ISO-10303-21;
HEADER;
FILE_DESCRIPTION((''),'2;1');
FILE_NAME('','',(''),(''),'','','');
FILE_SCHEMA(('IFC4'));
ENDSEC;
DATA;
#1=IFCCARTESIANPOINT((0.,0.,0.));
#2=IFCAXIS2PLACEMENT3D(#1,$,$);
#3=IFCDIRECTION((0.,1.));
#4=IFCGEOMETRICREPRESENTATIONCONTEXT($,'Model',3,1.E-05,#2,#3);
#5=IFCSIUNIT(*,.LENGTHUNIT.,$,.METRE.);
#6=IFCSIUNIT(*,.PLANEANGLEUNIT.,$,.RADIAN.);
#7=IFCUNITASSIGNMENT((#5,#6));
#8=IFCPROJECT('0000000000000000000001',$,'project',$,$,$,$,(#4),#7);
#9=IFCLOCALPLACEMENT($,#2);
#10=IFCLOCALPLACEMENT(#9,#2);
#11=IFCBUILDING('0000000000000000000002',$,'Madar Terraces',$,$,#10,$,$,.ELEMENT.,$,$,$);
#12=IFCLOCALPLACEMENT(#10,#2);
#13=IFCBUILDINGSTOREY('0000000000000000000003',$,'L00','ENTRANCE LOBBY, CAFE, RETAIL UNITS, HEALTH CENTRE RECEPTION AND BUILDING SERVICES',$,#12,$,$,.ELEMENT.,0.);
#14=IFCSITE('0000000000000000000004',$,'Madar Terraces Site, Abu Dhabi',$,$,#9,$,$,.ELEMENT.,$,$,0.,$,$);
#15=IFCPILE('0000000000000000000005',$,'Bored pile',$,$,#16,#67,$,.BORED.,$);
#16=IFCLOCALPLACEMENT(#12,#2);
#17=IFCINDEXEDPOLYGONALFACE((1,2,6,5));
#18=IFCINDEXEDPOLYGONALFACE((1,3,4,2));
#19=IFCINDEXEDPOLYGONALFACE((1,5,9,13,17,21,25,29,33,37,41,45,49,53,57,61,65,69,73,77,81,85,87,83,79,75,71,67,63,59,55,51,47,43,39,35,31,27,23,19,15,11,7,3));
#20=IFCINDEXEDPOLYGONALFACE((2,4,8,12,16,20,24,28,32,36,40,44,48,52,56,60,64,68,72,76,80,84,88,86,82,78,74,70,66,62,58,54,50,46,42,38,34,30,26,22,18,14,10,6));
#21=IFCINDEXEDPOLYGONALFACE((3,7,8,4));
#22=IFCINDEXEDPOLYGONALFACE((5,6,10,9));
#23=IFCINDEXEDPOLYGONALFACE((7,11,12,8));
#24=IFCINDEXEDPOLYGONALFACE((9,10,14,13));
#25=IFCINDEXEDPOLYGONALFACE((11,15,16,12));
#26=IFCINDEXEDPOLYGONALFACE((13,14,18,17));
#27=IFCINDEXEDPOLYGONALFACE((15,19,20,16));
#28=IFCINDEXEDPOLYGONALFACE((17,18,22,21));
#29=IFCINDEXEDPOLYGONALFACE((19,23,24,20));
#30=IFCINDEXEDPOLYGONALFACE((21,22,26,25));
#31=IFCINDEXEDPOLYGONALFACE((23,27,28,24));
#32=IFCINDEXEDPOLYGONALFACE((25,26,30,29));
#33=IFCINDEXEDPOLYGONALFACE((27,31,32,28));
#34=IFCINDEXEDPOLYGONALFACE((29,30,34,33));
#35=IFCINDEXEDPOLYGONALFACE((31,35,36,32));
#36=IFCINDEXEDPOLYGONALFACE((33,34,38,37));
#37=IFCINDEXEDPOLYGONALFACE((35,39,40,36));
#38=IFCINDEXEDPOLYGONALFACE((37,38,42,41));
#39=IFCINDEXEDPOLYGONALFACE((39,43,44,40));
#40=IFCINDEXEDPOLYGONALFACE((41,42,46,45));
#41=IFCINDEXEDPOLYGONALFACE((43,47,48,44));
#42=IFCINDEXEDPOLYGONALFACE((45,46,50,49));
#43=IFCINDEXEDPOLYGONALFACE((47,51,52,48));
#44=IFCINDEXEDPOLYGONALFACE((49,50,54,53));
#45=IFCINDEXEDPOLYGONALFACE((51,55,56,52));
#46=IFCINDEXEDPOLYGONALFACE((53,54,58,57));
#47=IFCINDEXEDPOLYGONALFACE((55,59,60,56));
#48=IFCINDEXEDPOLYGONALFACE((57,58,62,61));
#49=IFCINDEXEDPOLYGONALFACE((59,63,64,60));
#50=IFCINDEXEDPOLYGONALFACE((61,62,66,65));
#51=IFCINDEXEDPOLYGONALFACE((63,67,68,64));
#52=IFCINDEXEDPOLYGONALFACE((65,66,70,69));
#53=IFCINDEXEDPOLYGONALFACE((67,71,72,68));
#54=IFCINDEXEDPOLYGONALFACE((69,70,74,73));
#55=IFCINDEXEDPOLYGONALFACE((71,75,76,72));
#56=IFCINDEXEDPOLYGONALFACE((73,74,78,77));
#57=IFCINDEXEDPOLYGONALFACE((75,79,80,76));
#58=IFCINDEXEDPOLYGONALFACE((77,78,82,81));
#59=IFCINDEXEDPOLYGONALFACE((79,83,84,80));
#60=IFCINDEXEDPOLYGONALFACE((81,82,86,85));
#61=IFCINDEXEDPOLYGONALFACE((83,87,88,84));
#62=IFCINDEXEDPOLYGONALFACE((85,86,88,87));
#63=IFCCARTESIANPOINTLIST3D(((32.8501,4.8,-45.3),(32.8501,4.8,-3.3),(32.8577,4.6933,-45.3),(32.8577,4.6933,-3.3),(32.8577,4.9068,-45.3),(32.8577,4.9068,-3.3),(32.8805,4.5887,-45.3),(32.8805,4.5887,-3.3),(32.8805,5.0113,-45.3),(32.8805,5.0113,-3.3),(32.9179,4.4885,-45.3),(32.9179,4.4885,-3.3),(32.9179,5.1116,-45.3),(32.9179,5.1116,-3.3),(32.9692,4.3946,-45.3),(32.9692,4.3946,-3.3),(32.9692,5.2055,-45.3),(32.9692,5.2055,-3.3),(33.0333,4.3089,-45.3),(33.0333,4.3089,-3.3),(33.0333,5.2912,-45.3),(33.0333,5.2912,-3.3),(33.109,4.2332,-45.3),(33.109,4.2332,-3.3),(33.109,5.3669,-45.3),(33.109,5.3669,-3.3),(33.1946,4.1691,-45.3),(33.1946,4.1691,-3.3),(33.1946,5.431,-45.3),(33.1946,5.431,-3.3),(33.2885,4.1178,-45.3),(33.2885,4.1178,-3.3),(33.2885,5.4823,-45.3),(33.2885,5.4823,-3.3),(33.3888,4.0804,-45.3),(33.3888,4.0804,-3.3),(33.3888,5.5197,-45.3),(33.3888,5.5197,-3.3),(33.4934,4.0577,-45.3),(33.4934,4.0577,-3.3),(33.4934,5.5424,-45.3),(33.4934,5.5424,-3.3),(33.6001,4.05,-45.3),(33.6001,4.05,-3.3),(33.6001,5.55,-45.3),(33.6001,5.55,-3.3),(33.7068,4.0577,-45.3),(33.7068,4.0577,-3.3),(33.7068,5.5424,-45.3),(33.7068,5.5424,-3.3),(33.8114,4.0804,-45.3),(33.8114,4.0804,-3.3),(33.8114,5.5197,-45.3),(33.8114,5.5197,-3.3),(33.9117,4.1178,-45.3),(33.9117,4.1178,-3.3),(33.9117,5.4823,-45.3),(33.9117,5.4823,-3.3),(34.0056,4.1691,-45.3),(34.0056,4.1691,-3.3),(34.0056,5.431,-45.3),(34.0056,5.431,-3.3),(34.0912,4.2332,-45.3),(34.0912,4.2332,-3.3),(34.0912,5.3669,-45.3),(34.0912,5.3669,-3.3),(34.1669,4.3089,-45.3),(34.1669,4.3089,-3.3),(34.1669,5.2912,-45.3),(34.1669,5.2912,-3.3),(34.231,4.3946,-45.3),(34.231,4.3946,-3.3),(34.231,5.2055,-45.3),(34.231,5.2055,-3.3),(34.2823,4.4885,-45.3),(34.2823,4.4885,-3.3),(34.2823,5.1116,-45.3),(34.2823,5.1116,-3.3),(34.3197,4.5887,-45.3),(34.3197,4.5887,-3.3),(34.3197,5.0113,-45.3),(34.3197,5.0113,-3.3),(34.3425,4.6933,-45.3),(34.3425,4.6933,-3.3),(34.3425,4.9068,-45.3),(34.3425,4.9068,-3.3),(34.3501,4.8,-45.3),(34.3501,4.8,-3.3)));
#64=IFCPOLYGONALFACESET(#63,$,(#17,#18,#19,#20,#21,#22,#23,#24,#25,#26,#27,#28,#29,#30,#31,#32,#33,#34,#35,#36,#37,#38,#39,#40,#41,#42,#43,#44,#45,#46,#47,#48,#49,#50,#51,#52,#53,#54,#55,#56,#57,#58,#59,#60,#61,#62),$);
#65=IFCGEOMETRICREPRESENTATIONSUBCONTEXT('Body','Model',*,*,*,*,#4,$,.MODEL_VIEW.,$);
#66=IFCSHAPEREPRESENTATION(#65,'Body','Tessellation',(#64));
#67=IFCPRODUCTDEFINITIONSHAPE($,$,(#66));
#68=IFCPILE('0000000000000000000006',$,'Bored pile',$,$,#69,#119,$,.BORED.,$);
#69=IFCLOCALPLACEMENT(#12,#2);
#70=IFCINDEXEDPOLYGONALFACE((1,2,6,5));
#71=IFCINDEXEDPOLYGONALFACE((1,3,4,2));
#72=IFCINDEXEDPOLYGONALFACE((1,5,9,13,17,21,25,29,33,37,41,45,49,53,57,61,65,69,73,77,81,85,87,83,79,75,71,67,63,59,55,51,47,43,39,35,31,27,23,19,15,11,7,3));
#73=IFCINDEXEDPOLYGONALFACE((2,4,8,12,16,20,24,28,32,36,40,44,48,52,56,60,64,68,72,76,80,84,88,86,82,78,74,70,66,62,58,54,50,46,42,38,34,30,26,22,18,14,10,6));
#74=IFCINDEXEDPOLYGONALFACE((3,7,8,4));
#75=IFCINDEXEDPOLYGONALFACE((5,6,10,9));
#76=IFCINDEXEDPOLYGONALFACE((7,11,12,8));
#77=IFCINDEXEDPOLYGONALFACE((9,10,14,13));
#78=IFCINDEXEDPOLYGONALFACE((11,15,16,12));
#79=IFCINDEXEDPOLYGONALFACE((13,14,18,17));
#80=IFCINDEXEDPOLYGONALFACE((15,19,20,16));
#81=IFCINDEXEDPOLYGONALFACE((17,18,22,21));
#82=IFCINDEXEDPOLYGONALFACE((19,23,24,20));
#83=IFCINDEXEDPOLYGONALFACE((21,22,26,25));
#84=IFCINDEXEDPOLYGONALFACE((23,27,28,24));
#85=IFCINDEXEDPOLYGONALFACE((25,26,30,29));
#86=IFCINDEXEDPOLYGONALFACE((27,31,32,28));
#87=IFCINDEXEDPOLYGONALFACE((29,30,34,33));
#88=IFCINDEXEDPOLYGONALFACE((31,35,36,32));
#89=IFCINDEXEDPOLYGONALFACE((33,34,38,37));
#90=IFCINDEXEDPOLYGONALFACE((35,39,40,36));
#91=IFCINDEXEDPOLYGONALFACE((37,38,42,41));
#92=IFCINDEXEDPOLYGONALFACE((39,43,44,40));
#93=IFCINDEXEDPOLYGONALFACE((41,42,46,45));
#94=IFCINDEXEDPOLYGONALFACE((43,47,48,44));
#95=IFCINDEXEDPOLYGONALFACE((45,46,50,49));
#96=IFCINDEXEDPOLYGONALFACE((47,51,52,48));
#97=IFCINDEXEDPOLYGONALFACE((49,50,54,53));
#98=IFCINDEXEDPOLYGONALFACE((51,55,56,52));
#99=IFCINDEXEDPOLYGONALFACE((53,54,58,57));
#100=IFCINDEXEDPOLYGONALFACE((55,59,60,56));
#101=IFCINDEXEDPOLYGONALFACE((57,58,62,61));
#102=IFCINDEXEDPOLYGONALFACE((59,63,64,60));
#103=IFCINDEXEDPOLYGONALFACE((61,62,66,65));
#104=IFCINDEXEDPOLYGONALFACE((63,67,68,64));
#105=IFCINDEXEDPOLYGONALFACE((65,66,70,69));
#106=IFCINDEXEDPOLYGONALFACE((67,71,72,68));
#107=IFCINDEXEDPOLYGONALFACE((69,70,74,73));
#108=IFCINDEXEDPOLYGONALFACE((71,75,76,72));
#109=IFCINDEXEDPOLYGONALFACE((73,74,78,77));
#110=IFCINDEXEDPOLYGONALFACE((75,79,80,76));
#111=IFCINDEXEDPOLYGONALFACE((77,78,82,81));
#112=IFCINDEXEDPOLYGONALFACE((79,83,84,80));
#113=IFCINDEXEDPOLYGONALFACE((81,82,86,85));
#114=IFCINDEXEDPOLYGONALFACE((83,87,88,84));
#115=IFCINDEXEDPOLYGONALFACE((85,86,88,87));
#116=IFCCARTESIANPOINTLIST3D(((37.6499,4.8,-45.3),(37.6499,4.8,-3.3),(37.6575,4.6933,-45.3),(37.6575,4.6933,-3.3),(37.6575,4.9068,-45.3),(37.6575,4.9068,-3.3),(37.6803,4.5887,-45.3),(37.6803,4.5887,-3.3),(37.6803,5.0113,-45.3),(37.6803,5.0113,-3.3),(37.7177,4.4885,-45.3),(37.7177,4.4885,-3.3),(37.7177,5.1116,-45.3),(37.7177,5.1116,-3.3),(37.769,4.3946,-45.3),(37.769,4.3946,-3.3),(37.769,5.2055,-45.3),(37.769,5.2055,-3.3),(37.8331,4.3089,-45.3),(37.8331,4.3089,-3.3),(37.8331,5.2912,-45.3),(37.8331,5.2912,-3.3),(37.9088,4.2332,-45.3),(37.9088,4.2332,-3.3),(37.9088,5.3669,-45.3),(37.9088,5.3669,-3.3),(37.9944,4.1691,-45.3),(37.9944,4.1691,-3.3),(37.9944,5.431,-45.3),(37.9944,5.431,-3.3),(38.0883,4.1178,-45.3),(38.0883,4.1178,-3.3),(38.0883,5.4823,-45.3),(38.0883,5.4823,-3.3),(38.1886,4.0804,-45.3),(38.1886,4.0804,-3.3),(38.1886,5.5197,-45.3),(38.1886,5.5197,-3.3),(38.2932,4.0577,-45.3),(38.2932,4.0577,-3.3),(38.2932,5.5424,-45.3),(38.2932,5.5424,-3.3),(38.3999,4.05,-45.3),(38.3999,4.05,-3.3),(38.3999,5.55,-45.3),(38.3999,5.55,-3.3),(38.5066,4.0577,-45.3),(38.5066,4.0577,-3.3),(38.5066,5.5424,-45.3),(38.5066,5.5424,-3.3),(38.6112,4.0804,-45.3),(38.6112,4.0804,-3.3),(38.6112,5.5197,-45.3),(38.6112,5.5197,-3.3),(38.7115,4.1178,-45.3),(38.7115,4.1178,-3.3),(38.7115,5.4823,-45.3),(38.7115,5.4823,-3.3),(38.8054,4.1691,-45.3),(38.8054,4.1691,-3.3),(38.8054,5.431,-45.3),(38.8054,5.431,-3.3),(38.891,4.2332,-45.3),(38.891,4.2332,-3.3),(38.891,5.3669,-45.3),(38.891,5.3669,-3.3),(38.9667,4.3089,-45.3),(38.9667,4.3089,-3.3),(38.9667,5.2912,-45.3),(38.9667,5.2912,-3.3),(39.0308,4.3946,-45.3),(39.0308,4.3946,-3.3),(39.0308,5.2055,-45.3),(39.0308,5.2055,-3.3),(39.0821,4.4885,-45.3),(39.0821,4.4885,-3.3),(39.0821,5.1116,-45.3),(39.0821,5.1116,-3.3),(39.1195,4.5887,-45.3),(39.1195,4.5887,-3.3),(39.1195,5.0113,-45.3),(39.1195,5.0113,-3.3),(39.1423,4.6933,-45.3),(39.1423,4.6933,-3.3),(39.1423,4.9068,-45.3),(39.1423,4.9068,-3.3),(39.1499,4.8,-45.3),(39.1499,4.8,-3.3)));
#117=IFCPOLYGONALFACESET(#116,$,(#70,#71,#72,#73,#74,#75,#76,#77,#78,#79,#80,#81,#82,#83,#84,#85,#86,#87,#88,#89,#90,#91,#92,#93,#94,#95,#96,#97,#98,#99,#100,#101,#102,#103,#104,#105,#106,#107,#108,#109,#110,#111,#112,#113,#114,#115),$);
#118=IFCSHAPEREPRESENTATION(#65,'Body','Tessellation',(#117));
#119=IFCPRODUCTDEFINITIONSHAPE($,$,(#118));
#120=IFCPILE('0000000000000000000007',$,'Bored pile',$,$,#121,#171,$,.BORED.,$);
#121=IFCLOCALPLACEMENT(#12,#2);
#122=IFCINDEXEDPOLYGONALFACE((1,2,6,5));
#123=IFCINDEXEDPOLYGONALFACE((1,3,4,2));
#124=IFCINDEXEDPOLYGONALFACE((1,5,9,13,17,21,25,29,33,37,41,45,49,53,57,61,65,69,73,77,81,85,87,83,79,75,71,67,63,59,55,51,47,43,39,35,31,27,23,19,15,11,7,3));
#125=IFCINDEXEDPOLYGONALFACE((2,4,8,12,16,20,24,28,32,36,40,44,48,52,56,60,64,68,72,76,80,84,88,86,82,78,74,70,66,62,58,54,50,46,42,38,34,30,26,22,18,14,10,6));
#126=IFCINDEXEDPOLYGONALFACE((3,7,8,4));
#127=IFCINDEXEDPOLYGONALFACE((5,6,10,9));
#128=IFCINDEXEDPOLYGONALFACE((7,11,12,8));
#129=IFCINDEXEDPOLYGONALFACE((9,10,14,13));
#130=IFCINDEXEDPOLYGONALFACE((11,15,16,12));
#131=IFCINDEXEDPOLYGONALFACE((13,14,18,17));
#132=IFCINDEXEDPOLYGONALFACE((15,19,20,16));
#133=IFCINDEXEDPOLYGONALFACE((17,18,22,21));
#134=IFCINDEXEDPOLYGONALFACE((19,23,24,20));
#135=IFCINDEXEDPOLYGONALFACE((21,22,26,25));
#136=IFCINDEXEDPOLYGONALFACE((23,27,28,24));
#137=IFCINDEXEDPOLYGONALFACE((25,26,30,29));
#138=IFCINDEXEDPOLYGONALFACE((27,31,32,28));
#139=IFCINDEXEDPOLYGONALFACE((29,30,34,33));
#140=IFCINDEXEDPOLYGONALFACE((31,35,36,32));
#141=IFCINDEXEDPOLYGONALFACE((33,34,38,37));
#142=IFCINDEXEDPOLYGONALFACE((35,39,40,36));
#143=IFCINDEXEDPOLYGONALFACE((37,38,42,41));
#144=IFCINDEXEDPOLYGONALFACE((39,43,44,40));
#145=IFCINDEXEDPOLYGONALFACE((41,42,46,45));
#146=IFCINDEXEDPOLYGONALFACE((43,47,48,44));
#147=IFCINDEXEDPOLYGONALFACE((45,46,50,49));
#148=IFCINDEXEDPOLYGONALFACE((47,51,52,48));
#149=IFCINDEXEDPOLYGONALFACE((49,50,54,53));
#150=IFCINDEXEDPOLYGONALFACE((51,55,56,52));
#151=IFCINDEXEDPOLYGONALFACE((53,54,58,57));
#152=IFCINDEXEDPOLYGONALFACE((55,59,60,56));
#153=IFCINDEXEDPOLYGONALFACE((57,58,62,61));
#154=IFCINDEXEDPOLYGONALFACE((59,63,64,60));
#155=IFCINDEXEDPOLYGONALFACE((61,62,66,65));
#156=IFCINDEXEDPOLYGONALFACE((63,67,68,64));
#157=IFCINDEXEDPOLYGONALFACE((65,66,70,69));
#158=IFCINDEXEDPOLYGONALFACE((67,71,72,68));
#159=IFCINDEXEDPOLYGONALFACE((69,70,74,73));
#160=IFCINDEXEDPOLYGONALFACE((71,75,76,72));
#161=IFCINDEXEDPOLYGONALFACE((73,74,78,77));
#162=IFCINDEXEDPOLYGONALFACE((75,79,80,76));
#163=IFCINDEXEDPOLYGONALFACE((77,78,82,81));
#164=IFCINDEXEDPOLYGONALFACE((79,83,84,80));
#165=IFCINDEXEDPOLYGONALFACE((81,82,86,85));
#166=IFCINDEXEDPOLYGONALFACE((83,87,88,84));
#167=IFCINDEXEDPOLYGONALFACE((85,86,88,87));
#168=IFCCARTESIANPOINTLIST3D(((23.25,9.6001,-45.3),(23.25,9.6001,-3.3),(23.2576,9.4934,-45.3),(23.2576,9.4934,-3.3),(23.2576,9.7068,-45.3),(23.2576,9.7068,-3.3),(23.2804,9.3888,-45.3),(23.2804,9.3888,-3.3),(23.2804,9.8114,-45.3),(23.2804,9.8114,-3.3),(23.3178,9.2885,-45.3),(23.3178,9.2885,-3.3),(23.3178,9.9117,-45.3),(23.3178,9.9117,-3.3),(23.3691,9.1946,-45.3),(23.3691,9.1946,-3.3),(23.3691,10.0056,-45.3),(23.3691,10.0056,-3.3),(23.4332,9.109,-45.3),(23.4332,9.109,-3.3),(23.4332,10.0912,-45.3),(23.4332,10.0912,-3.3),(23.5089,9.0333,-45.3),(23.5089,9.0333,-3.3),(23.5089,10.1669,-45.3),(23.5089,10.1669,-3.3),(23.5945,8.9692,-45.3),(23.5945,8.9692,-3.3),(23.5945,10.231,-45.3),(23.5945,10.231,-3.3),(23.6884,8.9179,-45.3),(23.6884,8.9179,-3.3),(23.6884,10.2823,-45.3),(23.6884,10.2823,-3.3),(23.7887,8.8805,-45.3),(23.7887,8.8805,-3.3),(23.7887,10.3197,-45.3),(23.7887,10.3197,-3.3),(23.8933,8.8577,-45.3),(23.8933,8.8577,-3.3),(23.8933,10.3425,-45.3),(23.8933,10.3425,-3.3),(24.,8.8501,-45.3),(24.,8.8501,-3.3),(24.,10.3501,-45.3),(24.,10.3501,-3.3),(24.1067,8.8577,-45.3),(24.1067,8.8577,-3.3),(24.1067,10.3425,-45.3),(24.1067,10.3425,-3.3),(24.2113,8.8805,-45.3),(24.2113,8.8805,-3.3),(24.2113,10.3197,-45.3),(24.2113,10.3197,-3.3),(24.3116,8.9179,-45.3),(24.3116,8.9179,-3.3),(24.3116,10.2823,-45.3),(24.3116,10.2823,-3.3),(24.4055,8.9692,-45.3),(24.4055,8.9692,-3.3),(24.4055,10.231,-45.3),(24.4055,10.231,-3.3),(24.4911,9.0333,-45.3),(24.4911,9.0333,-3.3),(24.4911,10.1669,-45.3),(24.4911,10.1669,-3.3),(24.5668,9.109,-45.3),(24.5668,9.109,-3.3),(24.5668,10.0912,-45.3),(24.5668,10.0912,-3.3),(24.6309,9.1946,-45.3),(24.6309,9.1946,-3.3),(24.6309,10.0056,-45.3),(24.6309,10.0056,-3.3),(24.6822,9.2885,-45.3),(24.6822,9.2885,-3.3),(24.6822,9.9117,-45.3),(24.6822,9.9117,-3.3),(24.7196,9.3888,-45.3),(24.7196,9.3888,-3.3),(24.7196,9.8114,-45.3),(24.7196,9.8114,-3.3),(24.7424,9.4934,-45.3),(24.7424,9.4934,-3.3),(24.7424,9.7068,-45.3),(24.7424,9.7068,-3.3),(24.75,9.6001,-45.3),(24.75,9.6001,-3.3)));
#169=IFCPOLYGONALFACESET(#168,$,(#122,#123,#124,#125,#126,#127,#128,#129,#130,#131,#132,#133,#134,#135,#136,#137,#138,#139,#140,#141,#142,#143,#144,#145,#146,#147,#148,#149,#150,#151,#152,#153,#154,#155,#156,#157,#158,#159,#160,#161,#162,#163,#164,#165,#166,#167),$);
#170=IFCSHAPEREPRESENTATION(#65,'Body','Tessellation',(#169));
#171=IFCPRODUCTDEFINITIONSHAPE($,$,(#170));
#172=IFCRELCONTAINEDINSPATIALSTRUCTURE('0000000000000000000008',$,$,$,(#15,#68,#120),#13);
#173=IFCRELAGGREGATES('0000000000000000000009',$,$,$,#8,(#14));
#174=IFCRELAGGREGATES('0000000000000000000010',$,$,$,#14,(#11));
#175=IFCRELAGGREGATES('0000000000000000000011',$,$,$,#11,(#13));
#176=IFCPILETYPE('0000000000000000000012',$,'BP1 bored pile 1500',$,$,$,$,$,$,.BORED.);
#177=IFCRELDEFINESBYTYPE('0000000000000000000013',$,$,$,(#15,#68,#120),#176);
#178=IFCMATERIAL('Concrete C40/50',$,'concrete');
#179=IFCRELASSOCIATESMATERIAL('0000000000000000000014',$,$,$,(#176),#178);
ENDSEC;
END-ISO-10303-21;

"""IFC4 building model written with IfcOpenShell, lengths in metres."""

from ifc_helpers import new_model, si_unit, direction, frame, origin, origin_2d, place, context, subcontext, project, spatial, circle, extrude, material, material_profile, profile_set, type_object, element, save


model = new_model("IFC4")

# Units and contexts
model_context = context("Model", 3, precision=1e-05, world=origin(), true_north=direction((0.0, 1.0)))
body_context = subcontext(model_context, "Body", "Model", "MODEL_VIEW")
ifc_project = project(units=[si_unit("LENGTHUNIT", "METRE"), si_unit("PLANEANGLEUNIT", "RADIAN")], contexts=[model_context])

# Site, building, storey
site_placement = place(None, origin())
site = spatial("IfcSite", under=ifc_project, at=site_placement, Name="Madar Terraces Site, Abu Dhabi", CompositionType="ELEMENT", RefElevation=0.0)
building_placement = place(site_placement, origin())
building = spatial("IfcBuilding", under=site, at=building_placement, Name="Madar Terraces", CompositionType="ELEMENT")
storey_placement = place(building_placement, origin())
storey = spatial("IfcBuildingStorey", under=building, at=storey_placement, Name="L00", Description="ENTRANCE LOBBY, CAFE, RETAIL UNITS, HEALTH CENTRE RECEPTION AND BUILDING SERVICES", CompositionType="ELEMENT", Elevation=0.0)

# Piles
ifc_material_1 = material(Name="Concrete C40/50", Category="concrete")
ifc_material_profile_1 = material_profile(ifc_material_1, circle(Radius=0.75, at=origin_2d()), Name="BP1 bored pile 1500")
ifc_profile_set_1 = profile_set([ifc_material_profile_1], Name="Concrete C40/50")
pile_type = type_object("IfcPileType", Name="BP1 bored pile 1500", PredefinedType="BORED", material=ifc_profile_set_1)
for number, where, z_axis, x_axis, name in (
    (1, (33.6001, 4.8, -3.3), (0.0, 0.0, -1.0), (1.0, 0.0, 0.0), "Bored pile"),
    (2, (38.3999, 4.8, -3.3), (0.0, 0.0, -1.0), (1.0, 0.0, 0.0), "Bored pile"),
    (3, (24.0, 9.6001, -3.3), (0.0, 0.0, -1.0), (1.0, 0.0, 0.0), "Bored pile"),
):
    element("IfcPile", number, at=place(storey_placement, frame(where, z_axis=z_axis, x_axis=x_axis)), inside=storey, type_object=pile_type, Name=name, PredefinedType="BORED", context=body_context, shape_type="SweptSolid", body=[
        extrude(circle(Radius=0.75, at=origin_2d()), origin(), (0.0, 0.0, 1.0), 42.0),
    ])

save(model, "model.ifc")
